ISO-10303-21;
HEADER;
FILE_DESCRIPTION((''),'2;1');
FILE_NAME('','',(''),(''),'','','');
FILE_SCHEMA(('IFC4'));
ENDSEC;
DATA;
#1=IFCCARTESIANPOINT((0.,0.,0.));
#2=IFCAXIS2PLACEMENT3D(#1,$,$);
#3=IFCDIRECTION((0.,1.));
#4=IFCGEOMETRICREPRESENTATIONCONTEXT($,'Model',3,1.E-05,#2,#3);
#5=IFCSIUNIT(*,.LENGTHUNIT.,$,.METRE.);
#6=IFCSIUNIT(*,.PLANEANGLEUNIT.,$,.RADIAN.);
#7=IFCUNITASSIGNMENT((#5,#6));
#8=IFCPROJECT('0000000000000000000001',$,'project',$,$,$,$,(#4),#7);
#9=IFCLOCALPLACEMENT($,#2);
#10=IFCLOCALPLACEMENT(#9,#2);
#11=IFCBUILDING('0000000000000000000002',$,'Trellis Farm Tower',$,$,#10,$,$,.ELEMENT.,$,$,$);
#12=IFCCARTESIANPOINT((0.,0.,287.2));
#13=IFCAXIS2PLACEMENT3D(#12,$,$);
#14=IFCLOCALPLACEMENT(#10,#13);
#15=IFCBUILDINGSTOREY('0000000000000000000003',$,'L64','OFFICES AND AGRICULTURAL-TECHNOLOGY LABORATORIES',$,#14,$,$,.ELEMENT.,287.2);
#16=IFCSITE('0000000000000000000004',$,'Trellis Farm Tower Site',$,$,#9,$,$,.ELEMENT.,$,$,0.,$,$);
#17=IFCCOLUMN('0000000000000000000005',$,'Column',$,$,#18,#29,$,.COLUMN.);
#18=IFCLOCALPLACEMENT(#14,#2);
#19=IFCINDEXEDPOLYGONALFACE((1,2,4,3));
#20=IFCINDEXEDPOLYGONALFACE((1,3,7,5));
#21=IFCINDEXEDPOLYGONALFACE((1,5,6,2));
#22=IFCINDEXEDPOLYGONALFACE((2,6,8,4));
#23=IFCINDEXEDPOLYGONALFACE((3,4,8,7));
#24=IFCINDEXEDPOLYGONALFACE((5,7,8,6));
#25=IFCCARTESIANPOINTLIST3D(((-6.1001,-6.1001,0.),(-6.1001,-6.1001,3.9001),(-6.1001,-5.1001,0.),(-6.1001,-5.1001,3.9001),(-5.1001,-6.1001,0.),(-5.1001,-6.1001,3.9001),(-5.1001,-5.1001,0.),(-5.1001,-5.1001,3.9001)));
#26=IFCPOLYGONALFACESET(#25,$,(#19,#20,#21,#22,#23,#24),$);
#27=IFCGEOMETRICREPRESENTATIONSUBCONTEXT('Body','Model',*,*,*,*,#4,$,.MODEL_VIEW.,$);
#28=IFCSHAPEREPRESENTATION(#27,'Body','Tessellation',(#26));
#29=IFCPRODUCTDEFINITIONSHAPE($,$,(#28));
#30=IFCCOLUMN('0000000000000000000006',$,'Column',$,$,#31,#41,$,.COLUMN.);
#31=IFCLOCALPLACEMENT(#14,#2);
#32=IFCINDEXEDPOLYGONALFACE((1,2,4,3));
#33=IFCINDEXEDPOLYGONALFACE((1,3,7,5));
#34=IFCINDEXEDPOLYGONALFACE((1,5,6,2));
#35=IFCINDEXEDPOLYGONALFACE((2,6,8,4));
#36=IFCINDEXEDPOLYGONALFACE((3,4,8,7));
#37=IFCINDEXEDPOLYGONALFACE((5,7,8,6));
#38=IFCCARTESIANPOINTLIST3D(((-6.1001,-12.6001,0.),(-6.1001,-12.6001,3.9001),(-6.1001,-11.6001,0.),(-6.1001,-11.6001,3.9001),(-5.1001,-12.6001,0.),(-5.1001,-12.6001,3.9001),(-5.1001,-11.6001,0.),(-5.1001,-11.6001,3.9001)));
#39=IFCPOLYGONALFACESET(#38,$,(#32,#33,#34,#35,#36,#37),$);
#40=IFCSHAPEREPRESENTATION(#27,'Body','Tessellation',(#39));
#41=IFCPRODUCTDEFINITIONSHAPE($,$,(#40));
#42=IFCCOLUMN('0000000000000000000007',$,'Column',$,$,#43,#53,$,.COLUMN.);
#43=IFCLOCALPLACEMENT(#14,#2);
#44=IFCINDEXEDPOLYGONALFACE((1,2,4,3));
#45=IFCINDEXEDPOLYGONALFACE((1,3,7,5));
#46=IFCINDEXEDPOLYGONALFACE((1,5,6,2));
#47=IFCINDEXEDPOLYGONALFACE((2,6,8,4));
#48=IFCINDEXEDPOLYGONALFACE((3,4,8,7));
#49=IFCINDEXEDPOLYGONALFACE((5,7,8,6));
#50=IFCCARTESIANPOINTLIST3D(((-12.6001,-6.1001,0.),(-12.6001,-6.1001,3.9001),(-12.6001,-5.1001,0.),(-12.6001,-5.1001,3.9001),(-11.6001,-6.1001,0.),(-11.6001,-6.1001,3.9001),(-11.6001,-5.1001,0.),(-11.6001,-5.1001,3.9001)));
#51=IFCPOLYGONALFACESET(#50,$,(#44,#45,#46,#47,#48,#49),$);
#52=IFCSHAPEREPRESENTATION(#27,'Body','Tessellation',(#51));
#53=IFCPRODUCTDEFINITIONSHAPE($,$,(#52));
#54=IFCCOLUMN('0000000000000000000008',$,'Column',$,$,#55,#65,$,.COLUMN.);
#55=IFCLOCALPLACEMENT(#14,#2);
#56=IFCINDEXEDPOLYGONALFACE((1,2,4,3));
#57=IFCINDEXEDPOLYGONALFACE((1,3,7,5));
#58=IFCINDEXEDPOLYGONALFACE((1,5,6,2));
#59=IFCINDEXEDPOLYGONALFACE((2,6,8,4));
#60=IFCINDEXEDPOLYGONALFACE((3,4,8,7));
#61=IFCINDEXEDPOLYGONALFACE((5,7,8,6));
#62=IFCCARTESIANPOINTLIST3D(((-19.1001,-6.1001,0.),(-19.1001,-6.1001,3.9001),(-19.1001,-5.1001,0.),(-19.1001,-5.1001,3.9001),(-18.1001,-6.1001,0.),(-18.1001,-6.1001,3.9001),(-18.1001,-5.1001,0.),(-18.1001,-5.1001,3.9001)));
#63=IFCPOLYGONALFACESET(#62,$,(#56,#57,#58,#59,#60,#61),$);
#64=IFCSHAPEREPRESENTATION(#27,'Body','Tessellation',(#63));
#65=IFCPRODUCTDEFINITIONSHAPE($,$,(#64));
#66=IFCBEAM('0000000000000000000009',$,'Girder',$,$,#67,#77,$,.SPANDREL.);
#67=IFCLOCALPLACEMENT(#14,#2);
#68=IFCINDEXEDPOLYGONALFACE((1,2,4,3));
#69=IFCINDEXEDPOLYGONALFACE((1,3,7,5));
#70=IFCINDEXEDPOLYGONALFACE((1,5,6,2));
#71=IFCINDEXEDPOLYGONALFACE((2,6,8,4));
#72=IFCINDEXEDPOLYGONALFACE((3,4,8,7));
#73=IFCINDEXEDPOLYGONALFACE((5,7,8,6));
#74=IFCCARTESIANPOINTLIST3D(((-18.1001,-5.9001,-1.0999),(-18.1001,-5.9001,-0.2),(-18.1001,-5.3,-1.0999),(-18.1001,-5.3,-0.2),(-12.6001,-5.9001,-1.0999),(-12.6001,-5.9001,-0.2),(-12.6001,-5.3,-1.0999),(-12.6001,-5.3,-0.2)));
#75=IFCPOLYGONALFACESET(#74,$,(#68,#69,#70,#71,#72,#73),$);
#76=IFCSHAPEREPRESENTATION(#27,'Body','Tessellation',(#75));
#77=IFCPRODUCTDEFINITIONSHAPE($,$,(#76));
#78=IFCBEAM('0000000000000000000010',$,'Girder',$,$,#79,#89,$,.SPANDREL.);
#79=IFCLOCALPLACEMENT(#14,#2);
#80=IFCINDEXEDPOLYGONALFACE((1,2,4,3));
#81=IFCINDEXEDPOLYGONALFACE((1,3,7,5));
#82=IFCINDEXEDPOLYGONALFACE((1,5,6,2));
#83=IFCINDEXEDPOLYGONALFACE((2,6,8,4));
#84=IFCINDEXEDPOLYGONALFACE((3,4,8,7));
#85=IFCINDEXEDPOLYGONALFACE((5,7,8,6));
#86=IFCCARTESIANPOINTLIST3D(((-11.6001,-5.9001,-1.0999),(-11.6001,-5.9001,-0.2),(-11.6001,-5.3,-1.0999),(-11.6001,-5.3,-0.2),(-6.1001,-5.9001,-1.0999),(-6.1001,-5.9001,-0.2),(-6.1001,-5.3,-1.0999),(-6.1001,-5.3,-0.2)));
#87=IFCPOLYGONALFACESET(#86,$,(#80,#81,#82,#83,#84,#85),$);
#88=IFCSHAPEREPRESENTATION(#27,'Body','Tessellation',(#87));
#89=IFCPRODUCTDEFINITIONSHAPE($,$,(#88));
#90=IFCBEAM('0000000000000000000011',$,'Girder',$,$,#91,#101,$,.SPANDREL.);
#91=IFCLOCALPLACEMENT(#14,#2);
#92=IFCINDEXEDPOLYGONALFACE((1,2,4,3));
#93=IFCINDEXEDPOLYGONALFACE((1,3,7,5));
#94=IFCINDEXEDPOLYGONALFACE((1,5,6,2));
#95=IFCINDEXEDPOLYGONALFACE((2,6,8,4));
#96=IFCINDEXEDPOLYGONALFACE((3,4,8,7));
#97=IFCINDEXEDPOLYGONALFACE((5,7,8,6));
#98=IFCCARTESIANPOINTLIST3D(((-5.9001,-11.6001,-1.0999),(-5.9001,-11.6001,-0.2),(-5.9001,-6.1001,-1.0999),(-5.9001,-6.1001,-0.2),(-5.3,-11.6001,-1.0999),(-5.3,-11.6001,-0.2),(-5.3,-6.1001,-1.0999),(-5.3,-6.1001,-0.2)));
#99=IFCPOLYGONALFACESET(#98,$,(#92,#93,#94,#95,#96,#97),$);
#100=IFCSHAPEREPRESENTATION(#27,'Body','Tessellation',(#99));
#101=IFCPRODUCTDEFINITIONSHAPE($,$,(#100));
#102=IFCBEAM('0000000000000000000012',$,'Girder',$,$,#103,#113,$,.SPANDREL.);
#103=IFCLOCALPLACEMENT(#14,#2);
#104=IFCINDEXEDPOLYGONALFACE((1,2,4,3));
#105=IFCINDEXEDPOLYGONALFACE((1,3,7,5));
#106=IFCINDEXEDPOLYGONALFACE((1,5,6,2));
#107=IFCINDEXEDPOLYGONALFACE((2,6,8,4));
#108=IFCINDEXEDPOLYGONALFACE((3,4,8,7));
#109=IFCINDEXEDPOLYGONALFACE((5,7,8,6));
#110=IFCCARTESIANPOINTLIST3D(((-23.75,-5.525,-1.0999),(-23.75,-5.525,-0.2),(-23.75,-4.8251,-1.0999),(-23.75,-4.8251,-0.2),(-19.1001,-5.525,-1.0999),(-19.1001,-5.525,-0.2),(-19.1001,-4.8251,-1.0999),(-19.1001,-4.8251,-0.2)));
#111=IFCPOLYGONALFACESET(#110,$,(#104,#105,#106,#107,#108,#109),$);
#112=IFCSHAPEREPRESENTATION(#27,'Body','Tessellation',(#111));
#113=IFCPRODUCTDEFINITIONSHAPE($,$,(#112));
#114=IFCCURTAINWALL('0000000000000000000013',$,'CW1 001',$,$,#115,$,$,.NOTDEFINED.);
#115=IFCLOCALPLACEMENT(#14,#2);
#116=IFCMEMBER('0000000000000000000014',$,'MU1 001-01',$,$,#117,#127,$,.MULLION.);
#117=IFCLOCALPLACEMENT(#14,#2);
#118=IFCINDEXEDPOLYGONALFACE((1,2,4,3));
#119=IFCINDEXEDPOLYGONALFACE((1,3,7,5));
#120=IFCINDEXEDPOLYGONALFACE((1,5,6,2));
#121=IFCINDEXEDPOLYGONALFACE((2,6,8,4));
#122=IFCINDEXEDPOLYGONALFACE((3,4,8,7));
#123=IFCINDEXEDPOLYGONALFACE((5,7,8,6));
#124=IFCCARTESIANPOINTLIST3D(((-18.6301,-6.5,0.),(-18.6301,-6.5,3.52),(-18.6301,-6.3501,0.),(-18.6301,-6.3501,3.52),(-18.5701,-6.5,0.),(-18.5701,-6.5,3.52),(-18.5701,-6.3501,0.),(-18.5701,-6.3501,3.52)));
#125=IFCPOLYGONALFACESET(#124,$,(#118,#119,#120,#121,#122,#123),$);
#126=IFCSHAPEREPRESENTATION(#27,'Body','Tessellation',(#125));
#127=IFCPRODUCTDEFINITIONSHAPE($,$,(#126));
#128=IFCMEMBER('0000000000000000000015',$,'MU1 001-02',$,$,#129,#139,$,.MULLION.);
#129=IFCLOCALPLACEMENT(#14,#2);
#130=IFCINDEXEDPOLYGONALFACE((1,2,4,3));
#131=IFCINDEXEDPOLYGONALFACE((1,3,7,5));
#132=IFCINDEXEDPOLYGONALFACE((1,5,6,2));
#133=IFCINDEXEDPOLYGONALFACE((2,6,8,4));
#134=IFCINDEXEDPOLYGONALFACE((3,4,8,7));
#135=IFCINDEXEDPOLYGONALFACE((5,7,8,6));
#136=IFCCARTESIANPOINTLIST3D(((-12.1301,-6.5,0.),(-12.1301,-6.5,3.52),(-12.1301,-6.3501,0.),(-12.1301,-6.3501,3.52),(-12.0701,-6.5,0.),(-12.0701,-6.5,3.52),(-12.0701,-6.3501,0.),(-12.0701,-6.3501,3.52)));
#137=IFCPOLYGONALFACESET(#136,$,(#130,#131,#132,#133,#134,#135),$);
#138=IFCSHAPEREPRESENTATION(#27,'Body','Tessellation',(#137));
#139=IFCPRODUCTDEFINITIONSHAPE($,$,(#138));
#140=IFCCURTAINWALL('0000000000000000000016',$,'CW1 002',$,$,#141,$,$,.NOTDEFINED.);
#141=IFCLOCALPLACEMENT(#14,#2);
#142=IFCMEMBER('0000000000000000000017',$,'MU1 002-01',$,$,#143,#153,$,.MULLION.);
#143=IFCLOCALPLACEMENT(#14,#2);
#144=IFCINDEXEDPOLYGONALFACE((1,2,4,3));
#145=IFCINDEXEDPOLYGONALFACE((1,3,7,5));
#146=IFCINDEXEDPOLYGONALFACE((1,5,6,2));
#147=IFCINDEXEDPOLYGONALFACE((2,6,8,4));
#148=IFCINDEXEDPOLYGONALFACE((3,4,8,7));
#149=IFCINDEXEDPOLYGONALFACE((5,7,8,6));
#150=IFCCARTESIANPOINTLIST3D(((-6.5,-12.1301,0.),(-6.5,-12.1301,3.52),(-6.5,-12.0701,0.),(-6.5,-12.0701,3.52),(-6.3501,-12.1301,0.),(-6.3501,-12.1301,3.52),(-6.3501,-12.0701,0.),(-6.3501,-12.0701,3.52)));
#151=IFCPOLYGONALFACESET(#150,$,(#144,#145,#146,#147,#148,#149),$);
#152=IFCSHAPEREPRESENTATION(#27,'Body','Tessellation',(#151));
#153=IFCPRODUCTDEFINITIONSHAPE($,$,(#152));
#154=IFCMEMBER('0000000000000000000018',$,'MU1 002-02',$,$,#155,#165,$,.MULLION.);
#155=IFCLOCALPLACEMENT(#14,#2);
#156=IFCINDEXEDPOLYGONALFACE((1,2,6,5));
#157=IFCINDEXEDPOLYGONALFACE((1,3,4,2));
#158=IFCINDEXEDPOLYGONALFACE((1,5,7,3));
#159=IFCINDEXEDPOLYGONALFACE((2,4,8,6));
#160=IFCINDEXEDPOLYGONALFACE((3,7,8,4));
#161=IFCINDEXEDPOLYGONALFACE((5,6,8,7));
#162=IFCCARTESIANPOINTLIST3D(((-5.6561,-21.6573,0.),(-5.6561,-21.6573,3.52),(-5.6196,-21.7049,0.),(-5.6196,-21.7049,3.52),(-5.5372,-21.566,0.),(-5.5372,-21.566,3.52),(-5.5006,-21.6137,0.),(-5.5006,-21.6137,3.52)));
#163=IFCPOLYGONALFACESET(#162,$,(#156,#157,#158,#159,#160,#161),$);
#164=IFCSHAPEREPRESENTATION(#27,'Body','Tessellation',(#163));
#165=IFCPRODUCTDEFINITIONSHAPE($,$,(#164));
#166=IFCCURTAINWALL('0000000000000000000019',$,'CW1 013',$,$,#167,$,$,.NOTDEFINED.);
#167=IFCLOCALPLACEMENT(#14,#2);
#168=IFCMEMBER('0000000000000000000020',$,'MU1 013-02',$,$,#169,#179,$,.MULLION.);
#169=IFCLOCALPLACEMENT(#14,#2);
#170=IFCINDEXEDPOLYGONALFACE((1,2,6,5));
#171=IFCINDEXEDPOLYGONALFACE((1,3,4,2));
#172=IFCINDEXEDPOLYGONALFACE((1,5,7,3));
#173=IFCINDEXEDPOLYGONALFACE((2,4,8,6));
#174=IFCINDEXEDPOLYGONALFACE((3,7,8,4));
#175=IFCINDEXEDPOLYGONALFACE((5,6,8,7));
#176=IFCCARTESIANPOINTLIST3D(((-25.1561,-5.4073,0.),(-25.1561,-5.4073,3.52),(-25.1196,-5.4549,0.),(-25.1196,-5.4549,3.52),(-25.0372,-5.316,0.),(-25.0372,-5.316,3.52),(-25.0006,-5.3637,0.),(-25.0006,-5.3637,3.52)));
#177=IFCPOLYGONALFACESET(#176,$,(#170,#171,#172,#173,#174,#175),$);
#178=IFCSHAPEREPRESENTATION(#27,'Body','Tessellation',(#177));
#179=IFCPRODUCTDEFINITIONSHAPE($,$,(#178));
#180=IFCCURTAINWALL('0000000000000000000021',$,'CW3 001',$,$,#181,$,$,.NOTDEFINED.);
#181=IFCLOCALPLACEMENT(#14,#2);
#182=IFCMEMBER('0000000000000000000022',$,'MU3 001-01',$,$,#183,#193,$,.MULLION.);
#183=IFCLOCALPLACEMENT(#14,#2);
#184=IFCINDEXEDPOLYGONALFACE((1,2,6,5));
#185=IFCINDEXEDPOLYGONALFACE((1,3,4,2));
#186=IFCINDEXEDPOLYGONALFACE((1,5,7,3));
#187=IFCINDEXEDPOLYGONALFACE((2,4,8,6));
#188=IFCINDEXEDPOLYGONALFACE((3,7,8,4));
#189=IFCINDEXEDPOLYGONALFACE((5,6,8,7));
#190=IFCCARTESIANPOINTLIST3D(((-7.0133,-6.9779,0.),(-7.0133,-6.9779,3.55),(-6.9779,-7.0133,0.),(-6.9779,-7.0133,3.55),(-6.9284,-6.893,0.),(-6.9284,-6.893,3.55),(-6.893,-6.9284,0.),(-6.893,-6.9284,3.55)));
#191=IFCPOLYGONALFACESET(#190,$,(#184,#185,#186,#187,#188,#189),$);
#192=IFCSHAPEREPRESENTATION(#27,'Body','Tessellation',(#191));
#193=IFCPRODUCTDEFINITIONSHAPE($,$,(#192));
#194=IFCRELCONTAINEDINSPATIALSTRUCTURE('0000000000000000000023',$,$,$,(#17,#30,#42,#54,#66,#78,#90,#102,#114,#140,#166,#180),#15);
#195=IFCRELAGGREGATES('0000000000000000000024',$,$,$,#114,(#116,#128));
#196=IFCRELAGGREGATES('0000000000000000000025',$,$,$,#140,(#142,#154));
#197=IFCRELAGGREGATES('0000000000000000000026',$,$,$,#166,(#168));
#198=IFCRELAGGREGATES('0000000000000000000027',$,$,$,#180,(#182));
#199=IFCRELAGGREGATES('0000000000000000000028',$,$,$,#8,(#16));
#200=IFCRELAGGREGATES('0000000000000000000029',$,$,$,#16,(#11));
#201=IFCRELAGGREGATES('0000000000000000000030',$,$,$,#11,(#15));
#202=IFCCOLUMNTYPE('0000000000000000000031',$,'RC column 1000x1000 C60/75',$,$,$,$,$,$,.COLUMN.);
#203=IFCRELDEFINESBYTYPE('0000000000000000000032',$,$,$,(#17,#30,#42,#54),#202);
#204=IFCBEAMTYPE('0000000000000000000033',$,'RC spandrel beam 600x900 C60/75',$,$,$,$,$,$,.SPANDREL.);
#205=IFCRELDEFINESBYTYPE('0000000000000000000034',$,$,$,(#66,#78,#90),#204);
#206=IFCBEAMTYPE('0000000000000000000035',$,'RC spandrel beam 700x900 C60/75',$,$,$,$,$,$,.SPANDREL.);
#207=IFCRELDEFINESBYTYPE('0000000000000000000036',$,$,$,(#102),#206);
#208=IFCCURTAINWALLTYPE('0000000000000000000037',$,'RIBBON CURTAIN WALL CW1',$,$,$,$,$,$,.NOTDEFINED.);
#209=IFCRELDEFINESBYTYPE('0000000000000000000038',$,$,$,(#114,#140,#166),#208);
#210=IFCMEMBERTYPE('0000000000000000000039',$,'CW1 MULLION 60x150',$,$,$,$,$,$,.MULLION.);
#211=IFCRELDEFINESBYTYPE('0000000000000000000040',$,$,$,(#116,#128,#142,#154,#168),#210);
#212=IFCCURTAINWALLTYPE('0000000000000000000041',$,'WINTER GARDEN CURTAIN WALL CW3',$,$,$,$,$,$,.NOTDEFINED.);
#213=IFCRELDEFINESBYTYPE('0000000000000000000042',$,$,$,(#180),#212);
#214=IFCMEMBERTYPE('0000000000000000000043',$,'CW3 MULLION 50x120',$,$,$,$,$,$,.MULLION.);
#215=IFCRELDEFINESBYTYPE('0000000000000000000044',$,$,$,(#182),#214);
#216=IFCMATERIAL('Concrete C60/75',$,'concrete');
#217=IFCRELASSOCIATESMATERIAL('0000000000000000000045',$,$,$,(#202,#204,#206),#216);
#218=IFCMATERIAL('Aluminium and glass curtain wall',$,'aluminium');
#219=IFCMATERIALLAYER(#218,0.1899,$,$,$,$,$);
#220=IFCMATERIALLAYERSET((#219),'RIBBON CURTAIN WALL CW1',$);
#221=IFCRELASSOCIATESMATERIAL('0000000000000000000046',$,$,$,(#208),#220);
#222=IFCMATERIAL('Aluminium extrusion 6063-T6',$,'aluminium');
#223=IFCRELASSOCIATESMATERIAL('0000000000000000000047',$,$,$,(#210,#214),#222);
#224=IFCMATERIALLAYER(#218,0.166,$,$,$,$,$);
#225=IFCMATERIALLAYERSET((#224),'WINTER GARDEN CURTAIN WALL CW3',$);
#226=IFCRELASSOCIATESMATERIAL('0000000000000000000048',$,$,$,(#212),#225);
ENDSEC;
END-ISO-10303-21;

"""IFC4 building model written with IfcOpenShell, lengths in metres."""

from ifc_helpers import new_model, si_unit, direction, frame, origin, origin_2d, place, context, subcontext, project, spatial, rectangle, extrude, source, transform, mapped, material, layer, layer_set, material_profile, profile_set, type_object, element, aggregate, save


model = new_model("IFC4")

# Units and contexts
model_context = context("Model", 3, precision=1e-05, world=origin(), true_north=direction((0.0, 1.0)))
body_context = subcontext(model_context, "Body", "Model", "MODEL_VIEW")
ifc_project = project(units=[si_unit("LENGTHUNIT", "METRE"), si_unit("PLANEANGLEUNIT", "RADIAN")], contexts=[model_context])

# Site, building, storey
site_placement = place(None, origin())
site = spatial("IfcSite", under=ifc_project, at=site_placement, Name="Trellis Farm Tower Site", CompositionType="ELEMENT", RefElevation=0.0)
building_placement = place(site_placement, origin())
building = spatial("IfcBuilding", under=site, at=building_placement, Name="Trellis Farm Tower", CompositionType="ELEMENT")
storey_placement = place(building_placement, frame((0.0, 0.0, 287.2)))
storey = spatial("IfcBuildingStorey", under=building, at=storey_placement, Name="L64", Description="OFFICES AND AGRICULTURAL-TECHNOLOGY LABORATORIES", CompositionType="ELEMENT", Elevation=287.2)

# Columns
ifc_material_1 = material(Name="Concrete C60/75", Category="concrete")
ifc_material_profile_1 = material_profile(ifc_material_1, rectangle(XDim=1.0, YDim=1.0, at=origin_2d()), Name="RC column 1000x1000 C60/75")
ifc_profile_set_1 = profile_set([ifc_material_profile_1], Name="Concrete C60/75")
column_type = type_object("IfcColumnType", Name="RC column 1000x1000 C60/75", PredefinedType="COLUMN", material=ifc_profile_set_1)
shared_shape_1 = source(origin(), body_context, "Body", "SweptSolid", [
    extrude(rectangle(XDim=1.0, YDim=1.0, at=origin_2d()), origin(), (0.0, 0.0, 1.0), 3.9001),
])
for number, where, z_axis, x_axis, name in (
    (1, (-5.6001, -5.6001, 0.0), (0.0, 0.0, 1.0), (1.0, 0.0, 0.0), "Column"),
    (2, (-5.6001, -12.1001, 0.0), (0.0, 0.0, 1.0), (1.0, 0.0, 0.0), "Column"),
    (3, (-12.1001, -5.6001, 0.0), (0.0, 0.0, 1.0), (1.0, 0.0, 0.0), "Column"),
    (4, (-18.6001, -5.6001, 0.0), (0.0, 0.0, 1.0), (1.0, 0.0, 0.0), "Column"),
):
    element("IfcColumn", number, at=place(storey_placement, frame(where, z_axis=z_axis, x_axis=x_axis)), inside=storey, type_object=column_type, Name=name, PredefinedType="COLUMN", context=body_context, shape_type="MappedRepresentation", body=[
        mapped(shared_shape_1, transform((0.0, 0.0, 0.0))),
    ])

# Beams
ifc_material_profile_2 = material_profile(ifc_material_1, rectangle(XDim=0.6001, YDim=0.8999, at=origin_2d()), Name="RC spandrel beam 600x900 C60/75")
ifc_profile_set_2 = profile_set([ifc_material_profile_2], Name="Concrete C60/75")
beam_type_1 = type_object("IfcBeamType", Name="RC spandrel beam 600x900 C60/75", PredefinedType="SPANDREL", material=ifc_profile_set_2)
shared_shape_2 = source(origin(), body_context, "Body", "SweptSolid", [
    extrude(rectangle(XDim=0.6001, YDim=0.8999, at=origin_2d()), origin(), (0.0, 0.0, 1.0), 5.5),
])
for number, where, z_axis, x_axis, name in (
    (5, (-18.1001, -5.6001, -0.6499), (1.0, 0.0, 0.0), (0.0, 1.0, 0.0), "Girder"),
    (6, (-11.6001, -5.6001, -0.6499), (1.0, 0.0, 0.0), (0.0, 1.0, 0.0), "Girder"),
    (7, (-5.6001, -11.6001, -0.6499), (0.0, 1.0, 0.0), (-1.0, 0.0, 0.0), "Girder"),
):
    element("IfcBeam", number, at=place(storey_placement, frame(where, z_axis=z_axis, x_axis=x_axis)), inside=storey, type_object=beam_type_1, Name=name, PredefinedType="SPANDREL", context=body_context, shape_type="MappedRepresentation", body=[
        mapped(shared_shape_2, transform((0.0, 0.0, 0.0))),
    ])
ifc_material_profile_3 = material_profile(ifc_material_1, rectangle(XDim=0.7, YDim=0.8999, at=origin_2d()), Name="RC spandrel beam 700x900 C60/75")
ifc_profile_set_3 = profile_set([ifc_material_profile_3], Name="Concrete C60/75")
beam_type_2 = type_object("IfcBeamType", Name="RC spandrel beam 700x900 C60/75", PredefinedType="SPANDREL", material=ifc_profile_set_3)
shared_shape_3 = source(origin(), body_context, "Body", "SweptSolid", [
    extrude(rectangle(XDim=0.7, YDim=0.8999, at=origin_2d()), origin(), (0.0, 0.0, 1.0), 4.6499),
])
beam_placement = place(storey_placement, frame((-23.75, -5.175, -0.6499), z_axis=(1.0, 0.0, 0.0), x_axis=(0.0, 1.0, 0.0)))
element("IfcBeam", 8, at=beam_placement, inside=storey, type_object=beam_type_2, Name="Girder", PredefinedType="SPANDREL", context=body_context, shape_type="MappedRepresentation", body=[
    mapped(shared_shape_3, transform((0.0, 0.0, 0.0))),
])

# Curtain walls, members
ifc_material_2 = material(Name="Aluminium and glass curtain wall", Category="aluminium")
ifc_layer_1 = layer(ifc_material_2, 0.1899)
ifc_layer_set_1 = layer_set([ifc_layer_1], Name="RIBBON CURTAIN WALL CW1")
curtain_wall_type_1 = type_object("IfcCurtainWallType", Name="RIBBON CURTAIN WALL CW1", PredefinedType="NOTDEFINED", material=ifc_layer_set_1)
placement = place(storey_placement, origin())
curtain_wall_1 = element("IfcCurtainWall", 9, at=placement, inside=storey, type_object=curtain_wall_type_1, Name="CW1 001", PredefinedType="NOTDEFINED")
ifc_material_3 = material(Name="Aluminium extrusion 6063-T6", Category="aluminium")
ifc_material_profile_4 = material_profile(ifc_material_3, rectangle(XDim=0.0601, YDim=0.1499, at=origin_2d()), Name="MULLION 60x150")
ifc_profile_set_4 = profile_set([ifc_material_profile_4], Name="Aluminium extrusion 6063-T6")
member_type_1 = type_object("IfcMemberType", Name="CW1 MULLION 60x150", PredefinedType="MULLION", material=ifc_profile_set_4)
shared_shape_4 = source(origin(), body_context, "Body", "SweptSolid", [
    extrude(rectangle(XDim=0.0601, YDim=0.1499, at=origin_2d()), origin(), (0.0, 0.0, 1.0), 3.52),
])
member_1_placement = place(storey_placement, frame((-18.6001, -6.425, 0.0), z_axis=(0.0, 0.0, 1.0), x_axis=(1.0, 0.0, 0.0)))
member_1 = element("IfcMember", 10, at=member_1_placement, type_object=member_type_1, Name="MU1 001-01", PredefinedType="MULLION", context=body_context, shape_type="MappedRepresentation", body=[
    mapped(shared_shape_4, transform((0.0, 0.0, 0.0))),
])
member_2_placement = place(storey_placement, frame((-12.1001, -6.425, 0.0), z_axis=(0.0, 0.0, 1.0), x_axis=(1.0, 0.0, 0.0)))
member_2 = element("IfcMember", 11, at=member_2_placement, type_object=member_type_1, Name="MU1 001-02", PredefinedType="MULLION", context=body_context, shape_type="MappedRepresentation", body=[
    mapped(shared_shape_4, transform((0.0, 0.0, 0.0))),
])
aggregate(curtain_wall_1, [member_1, member_2])
curtain_wall_2 = element("IfcCurtainWall", 12, at=placement, inside=storey, type_object=curtain_wall_type_1, Name="CW1 002", PredefinedType="NOTDEFINED")
member_3_placement = place(storey_placement, frame((-6.425, -12.1001, 0.0), z_axis=(0.0, 0.0, 1.0), x_axis=(0.0, -1.0, 0.0)))
member_3 = element("IfcMember", 13, at=member_3_placement, type_object=member_type_1, Name="MU1 002-01", PredefinedType="MULLION", context=body_context, shape_type="MappedRepresentation", body=[
    mapped(shared_shape_4, transform((0.0, 0.0, 0.0))),
])
member_4_placement = place(storey_placement, frame((-5.5784, -21.6355, 0.0), z_axis=(0.0, 0.0, 1.0), x_axis=(0.608761, -0.793353, 0.0)))
member_4 = element("IfcMember", 14, at=member_4_placement, type_object=member_type_1, Name="MU1 002-02", PredefinedType="MULLION", context=body_context, shape_type="MappedRepresentation", body=[
    mapped(shared_shape_4, transform((0.0, 0.0, 0.0))),
])
aggregate(curtain_wall_2, [member_3, member_4])

# Curtain walls, members
curtain_wall_3 = element("IfcCurtainWall", 15, at=placement, inside=storey, type_object=curtain_wall_type_1, Name="CW1 013", PredefinedType="NOTDEFINED")
member_5_placement = place(storey_placement, frame((-25.0784, -5.3855, 0.0), z_axis=(0.0, 0.0, 1.0), x_axis=(0.608761, -0.793353, 0.0)))
member_5 = element("IfcMember", 16, at=member_5_placement, type_object=member_type_1, Name="MU1 013-02", PredefinedType="MULLION", context=body_context, shape_type="MappedRepresentation", body=[
    mapped(shared_shape_4, transform((0.0, 0.0, 0.0))),
])
aggregate(curtain_wall_3, [member_5])
ifc_layer_2 = layer(ifc_material_2, 0.166)
ifc_layer_set_2 = layer_set([ifc_layer_2], Name="WINTER GARDEN CURTAIN WALL CW3")
curtain_wall_type_2 = type_object("IfcCurtainWallType", Name="WINTER GARDEN CURTAIN WALL CW3", PredefinedType="NOTDEFINED", material=ifc_layer_set_2)
curtain_wall_4 = element("IfcCurtainWall", 17, at=placement, inside=storey, type_object=curtain_wall_type_2, Name="CW3 001", PredefinedType="NOTDEFINED")
ifc_material_profile_5 = material_profile(ifc_material_3, rectangle(XDim=0.05, YDim=0.1201, at=origin_2d()), Name="MULLION 50x120")
ifc_profile_set_5 = profile_set([ifc_material_profile_5], Name="Aluminium extrusion 6063-T6")
member_type_2 = type_object("IfcMemberType", Name="CW3 MULLION 50x120", PredefinedType="MULLION", material=ifc_profile_set_5)
shared_shape_5 = source(origin(), body_context, "Body", "SweptSolid", [
    extrude(rectangle(XDim=0.05, YDim=0.1201, at=origin_2d()), origin(), (0.0, 0.0, 1.0), 3.55),
])
member_6_placement = place(storey_placement, frame((-6.9531, -6.9531, 0.0), z_axis=(0.0, 0.0, 1.0), x_axis=(0.707107, -0.707107, 0.0)))
member_6 = element("IfcMember", 18, at=member_6_placement, type_object=member_type_2, Name="MU3 001-01", PredefinedType="MULLION", context=body_context, shape_type="MappedRepresentation", body=[
    mapped(shared_shape_5, transform((0.0, 0.0, 0.0))),
])
aggregate(curtain_wall_4, [member_6])

save(model, "model.ifc")
